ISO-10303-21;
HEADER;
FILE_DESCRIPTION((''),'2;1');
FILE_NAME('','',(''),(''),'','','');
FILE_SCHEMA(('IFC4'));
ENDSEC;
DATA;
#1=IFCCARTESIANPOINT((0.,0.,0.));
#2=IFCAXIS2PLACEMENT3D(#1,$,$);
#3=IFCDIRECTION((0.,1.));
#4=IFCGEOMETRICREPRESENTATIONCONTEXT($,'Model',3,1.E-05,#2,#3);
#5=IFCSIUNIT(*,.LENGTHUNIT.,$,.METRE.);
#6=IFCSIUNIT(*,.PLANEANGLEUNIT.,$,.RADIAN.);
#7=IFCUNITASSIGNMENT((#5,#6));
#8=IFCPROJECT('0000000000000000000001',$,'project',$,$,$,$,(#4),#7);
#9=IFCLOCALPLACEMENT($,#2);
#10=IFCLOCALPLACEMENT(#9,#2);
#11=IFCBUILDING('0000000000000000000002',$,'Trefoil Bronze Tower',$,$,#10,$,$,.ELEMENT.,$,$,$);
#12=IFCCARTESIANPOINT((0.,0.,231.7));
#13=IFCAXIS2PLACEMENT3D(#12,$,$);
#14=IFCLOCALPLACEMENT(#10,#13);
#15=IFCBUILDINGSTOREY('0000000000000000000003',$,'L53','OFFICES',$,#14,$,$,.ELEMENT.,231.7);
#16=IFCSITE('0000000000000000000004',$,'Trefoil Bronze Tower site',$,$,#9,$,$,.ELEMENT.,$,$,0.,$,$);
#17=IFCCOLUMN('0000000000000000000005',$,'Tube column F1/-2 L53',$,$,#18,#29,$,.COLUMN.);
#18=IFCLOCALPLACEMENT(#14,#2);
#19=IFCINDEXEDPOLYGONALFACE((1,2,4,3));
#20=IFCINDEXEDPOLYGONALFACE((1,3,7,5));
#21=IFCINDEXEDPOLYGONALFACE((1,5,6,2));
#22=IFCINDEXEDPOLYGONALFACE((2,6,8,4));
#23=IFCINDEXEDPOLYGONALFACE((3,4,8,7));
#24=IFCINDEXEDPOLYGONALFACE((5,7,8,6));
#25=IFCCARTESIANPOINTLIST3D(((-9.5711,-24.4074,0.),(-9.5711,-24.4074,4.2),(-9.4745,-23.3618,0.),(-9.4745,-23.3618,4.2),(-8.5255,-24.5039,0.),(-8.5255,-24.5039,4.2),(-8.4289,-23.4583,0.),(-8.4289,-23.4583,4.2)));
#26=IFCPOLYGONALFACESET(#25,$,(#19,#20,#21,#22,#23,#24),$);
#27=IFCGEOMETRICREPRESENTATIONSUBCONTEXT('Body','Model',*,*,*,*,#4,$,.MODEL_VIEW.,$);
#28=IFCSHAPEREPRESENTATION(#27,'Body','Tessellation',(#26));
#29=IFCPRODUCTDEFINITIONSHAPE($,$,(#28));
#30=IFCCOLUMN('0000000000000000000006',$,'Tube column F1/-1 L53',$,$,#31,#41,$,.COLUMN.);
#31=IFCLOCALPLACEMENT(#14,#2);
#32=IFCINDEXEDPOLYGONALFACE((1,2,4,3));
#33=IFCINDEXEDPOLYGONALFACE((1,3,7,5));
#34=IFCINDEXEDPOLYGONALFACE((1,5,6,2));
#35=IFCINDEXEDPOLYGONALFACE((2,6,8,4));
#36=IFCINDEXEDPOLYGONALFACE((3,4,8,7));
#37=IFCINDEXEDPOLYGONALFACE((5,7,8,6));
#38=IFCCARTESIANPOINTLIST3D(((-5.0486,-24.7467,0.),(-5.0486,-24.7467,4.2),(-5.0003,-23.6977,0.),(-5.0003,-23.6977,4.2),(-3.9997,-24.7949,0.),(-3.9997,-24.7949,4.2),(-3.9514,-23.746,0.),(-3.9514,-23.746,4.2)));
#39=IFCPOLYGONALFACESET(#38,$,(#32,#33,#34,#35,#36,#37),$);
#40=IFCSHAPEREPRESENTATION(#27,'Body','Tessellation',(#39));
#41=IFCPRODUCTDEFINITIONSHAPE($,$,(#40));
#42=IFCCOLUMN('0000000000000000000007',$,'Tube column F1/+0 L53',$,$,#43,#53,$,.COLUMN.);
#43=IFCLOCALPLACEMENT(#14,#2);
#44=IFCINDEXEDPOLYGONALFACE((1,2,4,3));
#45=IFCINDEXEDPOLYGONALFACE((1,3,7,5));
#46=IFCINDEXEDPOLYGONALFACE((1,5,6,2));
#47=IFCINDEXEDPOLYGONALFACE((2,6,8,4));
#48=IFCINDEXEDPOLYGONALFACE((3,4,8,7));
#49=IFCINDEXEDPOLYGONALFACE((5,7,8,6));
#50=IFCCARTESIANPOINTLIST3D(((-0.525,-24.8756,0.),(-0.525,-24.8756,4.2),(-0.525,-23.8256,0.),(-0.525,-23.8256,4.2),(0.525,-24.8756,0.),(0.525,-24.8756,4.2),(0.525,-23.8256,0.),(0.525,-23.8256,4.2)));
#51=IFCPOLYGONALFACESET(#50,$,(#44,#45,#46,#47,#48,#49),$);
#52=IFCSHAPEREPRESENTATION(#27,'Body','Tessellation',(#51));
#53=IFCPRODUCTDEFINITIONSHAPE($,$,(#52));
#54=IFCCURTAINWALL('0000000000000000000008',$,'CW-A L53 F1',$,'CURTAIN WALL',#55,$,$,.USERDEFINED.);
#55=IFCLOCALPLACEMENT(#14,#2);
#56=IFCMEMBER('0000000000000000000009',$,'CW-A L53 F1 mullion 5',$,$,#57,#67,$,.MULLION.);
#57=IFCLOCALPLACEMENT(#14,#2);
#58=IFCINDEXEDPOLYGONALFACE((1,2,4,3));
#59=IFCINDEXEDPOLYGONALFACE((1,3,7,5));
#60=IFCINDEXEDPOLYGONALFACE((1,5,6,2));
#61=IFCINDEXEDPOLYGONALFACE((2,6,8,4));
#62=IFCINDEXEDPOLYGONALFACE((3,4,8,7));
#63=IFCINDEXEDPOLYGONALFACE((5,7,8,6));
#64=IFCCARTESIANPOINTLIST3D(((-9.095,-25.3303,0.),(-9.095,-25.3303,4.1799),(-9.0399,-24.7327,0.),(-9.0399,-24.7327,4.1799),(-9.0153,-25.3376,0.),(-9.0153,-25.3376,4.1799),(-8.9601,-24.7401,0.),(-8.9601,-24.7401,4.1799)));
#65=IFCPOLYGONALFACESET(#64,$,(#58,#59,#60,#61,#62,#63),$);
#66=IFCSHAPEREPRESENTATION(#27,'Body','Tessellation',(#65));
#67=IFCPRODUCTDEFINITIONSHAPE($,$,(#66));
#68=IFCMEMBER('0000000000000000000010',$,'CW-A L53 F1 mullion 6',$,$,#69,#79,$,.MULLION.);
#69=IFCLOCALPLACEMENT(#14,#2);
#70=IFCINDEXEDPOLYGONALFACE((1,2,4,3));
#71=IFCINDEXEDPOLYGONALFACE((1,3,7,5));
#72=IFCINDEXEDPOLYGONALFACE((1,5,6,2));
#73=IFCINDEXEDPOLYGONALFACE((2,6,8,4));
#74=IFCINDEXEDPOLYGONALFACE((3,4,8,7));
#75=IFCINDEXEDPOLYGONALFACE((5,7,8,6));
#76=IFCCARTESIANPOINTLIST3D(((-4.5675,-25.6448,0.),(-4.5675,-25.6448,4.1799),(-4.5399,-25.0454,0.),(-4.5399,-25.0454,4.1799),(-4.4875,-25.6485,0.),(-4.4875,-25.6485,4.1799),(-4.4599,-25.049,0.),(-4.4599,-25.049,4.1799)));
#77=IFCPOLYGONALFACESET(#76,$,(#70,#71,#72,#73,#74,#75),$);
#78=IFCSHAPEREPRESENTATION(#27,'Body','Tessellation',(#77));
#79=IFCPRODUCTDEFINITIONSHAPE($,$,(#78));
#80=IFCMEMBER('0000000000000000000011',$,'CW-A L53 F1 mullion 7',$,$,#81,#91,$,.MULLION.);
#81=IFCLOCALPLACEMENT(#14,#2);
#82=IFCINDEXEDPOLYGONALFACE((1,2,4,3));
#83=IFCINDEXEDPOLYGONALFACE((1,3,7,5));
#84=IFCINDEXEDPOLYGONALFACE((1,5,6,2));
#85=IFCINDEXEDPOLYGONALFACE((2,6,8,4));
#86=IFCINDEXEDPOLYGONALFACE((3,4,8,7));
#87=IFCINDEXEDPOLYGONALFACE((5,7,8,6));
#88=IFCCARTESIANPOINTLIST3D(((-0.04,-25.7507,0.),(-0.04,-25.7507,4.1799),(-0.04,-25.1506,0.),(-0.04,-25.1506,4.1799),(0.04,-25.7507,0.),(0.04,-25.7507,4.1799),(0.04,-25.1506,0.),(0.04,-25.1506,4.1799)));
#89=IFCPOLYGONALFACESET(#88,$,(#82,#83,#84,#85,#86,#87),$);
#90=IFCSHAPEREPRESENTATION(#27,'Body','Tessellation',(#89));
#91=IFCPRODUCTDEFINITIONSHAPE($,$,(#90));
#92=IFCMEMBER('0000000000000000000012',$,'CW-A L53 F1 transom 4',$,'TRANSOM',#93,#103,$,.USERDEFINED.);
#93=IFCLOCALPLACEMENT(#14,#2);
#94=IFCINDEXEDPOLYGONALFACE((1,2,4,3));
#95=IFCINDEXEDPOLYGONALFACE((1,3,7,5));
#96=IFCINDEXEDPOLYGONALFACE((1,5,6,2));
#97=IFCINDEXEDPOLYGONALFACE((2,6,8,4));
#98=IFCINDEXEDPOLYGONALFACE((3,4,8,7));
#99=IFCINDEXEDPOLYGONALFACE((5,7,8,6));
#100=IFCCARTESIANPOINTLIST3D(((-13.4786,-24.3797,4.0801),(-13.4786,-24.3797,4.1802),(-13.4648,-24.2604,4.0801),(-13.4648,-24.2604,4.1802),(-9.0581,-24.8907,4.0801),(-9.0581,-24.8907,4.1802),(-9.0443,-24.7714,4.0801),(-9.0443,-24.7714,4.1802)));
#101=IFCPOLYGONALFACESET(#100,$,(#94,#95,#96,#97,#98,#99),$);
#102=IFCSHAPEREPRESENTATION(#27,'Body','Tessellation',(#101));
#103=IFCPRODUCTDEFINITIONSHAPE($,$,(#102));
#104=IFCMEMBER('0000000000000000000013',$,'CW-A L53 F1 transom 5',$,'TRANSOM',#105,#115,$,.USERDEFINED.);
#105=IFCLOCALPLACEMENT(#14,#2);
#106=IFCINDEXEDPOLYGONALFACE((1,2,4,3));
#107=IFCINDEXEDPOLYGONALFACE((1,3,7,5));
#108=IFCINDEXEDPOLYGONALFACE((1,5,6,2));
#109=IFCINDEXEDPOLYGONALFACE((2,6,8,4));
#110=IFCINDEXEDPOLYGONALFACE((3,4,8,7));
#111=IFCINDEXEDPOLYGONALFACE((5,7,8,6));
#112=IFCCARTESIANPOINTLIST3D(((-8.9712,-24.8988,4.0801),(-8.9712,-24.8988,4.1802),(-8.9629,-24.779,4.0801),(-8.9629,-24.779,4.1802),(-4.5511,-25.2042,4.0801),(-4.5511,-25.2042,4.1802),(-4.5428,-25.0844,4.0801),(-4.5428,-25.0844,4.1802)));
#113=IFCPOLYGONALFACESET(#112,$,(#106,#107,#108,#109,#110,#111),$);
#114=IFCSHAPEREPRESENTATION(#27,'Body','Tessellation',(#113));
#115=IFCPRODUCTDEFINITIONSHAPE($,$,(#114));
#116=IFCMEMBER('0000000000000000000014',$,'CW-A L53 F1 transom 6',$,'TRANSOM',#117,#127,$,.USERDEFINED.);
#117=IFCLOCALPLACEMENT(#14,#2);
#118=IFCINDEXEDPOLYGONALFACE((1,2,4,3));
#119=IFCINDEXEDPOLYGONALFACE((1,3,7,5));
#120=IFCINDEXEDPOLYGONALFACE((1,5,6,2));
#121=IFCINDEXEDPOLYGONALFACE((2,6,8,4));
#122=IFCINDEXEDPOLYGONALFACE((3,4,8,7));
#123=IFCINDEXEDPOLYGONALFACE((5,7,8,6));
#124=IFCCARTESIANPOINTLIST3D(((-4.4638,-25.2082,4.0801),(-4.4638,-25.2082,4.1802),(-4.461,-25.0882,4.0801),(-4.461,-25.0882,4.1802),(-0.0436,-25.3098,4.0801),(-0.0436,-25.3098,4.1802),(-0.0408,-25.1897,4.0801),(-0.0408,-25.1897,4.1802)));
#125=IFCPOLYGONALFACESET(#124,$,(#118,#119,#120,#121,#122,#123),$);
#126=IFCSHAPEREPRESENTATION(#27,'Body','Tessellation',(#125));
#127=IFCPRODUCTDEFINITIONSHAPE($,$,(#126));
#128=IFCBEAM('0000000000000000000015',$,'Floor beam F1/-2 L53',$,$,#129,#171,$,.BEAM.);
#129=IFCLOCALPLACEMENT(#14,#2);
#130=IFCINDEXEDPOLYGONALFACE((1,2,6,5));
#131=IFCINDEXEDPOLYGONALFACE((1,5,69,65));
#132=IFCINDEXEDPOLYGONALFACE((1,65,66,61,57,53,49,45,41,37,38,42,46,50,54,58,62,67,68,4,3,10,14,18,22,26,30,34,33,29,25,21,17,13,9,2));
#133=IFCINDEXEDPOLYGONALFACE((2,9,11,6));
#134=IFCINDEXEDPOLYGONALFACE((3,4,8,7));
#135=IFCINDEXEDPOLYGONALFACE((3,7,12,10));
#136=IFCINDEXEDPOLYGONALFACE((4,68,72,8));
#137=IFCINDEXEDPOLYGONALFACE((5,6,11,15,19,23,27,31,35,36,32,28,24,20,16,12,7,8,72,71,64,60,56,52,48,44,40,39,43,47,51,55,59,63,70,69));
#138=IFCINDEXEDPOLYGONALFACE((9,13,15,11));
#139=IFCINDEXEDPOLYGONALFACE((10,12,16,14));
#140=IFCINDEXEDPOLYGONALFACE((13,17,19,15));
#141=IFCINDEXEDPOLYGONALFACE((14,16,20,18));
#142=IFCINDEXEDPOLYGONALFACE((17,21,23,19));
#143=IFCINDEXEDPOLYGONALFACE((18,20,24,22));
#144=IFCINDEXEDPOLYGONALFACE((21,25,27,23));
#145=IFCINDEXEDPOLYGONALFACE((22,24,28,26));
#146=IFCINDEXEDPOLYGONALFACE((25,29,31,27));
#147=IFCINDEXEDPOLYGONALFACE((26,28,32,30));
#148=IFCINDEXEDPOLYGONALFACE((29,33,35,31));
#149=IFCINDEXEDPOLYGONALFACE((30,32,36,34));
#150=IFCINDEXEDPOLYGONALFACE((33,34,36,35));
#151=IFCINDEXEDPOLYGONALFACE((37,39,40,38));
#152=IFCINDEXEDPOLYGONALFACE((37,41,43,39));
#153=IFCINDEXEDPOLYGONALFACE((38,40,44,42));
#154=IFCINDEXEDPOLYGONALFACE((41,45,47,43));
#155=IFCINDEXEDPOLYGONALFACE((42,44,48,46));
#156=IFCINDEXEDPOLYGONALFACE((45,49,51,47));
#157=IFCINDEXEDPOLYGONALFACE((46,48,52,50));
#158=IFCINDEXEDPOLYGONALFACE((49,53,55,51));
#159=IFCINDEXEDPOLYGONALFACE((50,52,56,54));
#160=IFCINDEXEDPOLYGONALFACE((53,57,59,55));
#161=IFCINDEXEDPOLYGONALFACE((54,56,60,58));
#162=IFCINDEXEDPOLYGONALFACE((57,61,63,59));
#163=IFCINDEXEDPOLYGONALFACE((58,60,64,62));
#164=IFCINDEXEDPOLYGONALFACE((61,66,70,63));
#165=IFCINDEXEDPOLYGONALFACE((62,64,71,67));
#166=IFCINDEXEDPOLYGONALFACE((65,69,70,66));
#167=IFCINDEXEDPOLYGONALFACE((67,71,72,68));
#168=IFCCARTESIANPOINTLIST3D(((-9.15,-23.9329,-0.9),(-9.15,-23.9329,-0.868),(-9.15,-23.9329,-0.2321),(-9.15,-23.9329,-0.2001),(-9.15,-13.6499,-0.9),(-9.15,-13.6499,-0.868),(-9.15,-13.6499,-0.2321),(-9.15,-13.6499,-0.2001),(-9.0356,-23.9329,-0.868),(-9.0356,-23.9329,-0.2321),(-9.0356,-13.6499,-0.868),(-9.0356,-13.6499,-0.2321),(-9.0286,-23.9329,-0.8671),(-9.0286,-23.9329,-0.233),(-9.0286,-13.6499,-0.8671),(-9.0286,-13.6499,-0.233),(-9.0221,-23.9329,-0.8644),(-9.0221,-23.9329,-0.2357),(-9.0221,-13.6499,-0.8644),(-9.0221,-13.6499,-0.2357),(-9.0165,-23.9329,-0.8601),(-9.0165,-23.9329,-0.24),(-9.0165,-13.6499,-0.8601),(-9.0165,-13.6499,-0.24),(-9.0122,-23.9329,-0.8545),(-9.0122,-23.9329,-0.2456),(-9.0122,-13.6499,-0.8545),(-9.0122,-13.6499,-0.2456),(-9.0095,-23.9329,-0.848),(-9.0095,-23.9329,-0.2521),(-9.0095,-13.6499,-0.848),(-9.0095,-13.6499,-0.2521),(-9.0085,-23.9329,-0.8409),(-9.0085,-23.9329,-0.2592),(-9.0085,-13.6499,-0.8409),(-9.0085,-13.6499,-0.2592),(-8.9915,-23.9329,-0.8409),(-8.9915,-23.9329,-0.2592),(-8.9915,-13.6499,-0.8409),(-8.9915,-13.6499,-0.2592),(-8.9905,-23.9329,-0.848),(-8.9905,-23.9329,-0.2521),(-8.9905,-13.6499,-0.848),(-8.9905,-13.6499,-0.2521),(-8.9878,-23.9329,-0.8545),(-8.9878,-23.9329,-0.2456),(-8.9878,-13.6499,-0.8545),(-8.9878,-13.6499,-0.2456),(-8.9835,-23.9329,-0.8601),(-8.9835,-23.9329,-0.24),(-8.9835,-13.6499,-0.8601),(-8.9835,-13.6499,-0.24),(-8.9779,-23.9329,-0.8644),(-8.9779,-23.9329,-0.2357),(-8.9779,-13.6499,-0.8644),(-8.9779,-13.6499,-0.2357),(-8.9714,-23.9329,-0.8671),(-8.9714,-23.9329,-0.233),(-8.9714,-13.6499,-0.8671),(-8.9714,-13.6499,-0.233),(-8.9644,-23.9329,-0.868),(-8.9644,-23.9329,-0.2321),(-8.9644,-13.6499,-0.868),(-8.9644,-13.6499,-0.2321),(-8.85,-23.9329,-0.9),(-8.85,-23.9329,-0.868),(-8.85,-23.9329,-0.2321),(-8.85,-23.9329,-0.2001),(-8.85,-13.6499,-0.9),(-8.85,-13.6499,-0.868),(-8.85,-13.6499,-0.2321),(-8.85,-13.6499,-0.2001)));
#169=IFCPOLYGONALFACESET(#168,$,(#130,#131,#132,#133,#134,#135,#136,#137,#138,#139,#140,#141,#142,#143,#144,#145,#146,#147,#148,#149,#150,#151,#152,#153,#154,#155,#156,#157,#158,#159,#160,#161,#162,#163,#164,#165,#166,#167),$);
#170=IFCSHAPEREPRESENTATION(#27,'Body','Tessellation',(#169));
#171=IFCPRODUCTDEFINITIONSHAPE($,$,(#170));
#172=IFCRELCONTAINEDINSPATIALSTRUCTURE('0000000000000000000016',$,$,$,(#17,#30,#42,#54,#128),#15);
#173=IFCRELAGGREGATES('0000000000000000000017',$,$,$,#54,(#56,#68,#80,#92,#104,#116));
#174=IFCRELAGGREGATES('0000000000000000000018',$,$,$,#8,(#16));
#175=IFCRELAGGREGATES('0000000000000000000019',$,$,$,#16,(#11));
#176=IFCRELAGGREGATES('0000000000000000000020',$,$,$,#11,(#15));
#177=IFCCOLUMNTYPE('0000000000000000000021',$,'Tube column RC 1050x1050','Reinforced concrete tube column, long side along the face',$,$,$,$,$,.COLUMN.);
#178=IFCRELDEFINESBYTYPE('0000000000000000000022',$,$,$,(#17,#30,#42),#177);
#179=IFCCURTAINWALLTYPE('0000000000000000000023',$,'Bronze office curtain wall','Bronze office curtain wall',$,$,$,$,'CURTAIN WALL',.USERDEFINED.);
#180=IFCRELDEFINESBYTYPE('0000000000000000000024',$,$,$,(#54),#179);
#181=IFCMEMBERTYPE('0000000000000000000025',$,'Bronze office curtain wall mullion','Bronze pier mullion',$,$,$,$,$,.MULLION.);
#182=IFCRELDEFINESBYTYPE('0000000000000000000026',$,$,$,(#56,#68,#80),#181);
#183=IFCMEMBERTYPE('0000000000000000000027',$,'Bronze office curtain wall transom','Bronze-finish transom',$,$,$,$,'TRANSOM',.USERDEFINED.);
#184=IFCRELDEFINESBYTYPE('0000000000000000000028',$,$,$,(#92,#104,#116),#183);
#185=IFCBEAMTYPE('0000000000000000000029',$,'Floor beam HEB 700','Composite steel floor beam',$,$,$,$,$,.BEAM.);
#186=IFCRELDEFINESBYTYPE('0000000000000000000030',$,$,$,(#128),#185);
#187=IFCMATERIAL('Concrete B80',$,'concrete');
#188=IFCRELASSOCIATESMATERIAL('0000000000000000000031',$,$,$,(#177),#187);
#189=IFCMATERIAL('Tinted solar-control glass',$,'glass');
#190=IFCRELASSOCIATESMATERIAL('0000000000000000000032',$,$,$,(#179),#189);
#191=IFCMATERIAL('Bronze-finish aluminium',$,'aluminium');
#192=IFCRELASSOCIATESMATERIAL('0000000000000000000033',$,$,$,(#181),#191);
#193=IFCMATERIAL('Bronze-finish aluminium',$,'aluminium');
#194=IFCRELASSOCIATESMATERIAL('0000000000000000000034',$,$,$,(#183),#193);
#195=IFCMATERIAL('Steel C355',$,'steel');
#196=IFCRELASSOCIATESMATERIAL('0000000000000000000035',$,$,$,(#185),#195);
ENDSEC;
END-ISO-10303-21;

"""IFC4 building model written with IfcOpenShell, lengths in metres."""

from ifc_helpers import new_model, si_unit, direction, frame, origin, origin_2d, place, context, subcontext, project, spatial, rectangle, i_section, extrude, material, material_profile, profile_set, type_object, element, aggregate, save


model = new_model("IFC4")

# Units and contexts
model_context = context("Model", 3, precision=1e-05, world=origin(), true_north=direction((0.0, 1.0)))
body_context = subcontext(model_context, "Body", "Model", "MODEL_VIEW")
ifc_project = project(units=[si_unit("LENGTHUNIT", "METRE"), si_unit("PLANEANGLEUNIT", "RADIAN")], contexts=[model_context])

# Site, building, storey
site_placement = place(None, origin())
site = spatial("IfcSite", under=ifc_project, at=site_placement, Name="Trefoil Bronze Tower site", CompositionType="ELEMENT", RefElevation=0.0)
building_placement = place(site_placement, origin())
building = spatial("IfcBuilding", under=site, at=building_placement, Name="Trefoil Bronze Tower", CompositionType="ELEMENT")
storey_placement = place(building_placement, frame((0.0, 0.0, 231.7)))
storey = spatial("IfcBuildingStorey", under=building, at=storey_placement, Name="L53", Description="OFFICES", CompositionType="ELEMENT", Elevation=231.7)

# Columns
ifc_material_1 = material(Name="Concrete B80", Category="concrete")
ifc_material_profile_1 = material_profile(ifc_material_1, rectangle(XDim=1.05, YDim=1.05, at=origin_2d()), Name="RC 1050x1050")
ifc_profile_set_1 = profile_set([ifc_material_profile_1], Name="Concrete B80")
column_type = type_object("IfcColumnType", Name="Tube column RC 1050x1050", Description="Reinforced concrete tube column, long side along the face", PredefinedType="COLUMN", material=ifc_profile_set_1)
for number, where, z_axis, x_axis, name in (
    (1, (-9.0, -23.9329, 0.0), (0.0, 0.0, 1.0), (0.995767, -0.091911, 0.0), "Tube column F1/-2 L53"),
    (2, (-4.5, -24.2463, 0.0), (0.0, 0.0, 1.0), (0.998943, -0.045956, 0.0), "Tube column F1/-1 L53"),
    (3, (0.0, -24.3506, 0.0), (0.0, 0.0, 1.0), (1.0, 0.0, 0.0), "Tube column F1/+0 L53"),
):
    element("IfcColumn", number, at=place(storey_placement, frame(where, z_axis=z_axis, x_axis=x_axis)), inside=storey, type_object=column_type, Name=name, PredefinedType="COLUMN", context=body_context, shape_type="SweptSolid", body=[
        extrude(rectangle(XDim=1.05, YDim=1.05, at=origin_2d()), origin(), (0.0, 0.0, 1.0), 4.2),
    ])

# Curtain wall, members
ifc_material_2 = material(Name="Tinted solar-control glass", Category="glass")
curtain_wall_type = type_object("IfcCurtainWallType", Name="Bronze office curtain wall", Description="Bronze office curtain wall", ElementType="CURTAIN WALL", PredefinedType="USERDEFINED", material=ifc_material_2)
curtain_wall_placement = place(storey_placement, origin())
curtain_wall = element("IfcCurtainWall", 4, at=curtain_wall_placement, inside=storey, type_object=curtain_wall_type, Name="CW-A L53 F1", ObjectType="CURTAIN WALL", PredefinedType="USERDEFINED")
ifc_material_3 = material(Name="Bronze-finish aluminium", Category="aluminium")
ifc_material_profile_2 = material_profile(ifc_material_3, rectangle(XDim=0.6001, YDim=0.0801, at=origin_2d()), Name="CW-A mullion")
ifc_profile_set_2 = profile_set([ifc_material_profile_2], Name="Bronze-finish aluminium")
member_type_1 = type_object("IfcMemberType", Name="Bronze office curtain wall mullion", Description="Bronze pier mullion", PredefinedType="MULLION", material=ifc_profile_set_2)
member_1_placement = place(storey_placement, frame((-9.0276, -25.0352, 0.0), z_axis=(0.0, 0.0, 1.0), x_axis=(0.091911, 0.995767, 0.0)))
member_1 = element("IfcMember", 5, at=member_1_placement, type_object=member_type_1, Name="CW-A L53 F1 mullion 5", PredefinedType="MULLION", context=body_context, shape_type="SweptSolid", body=[
    extrude(rectangle(XDim=0.6001, YDim=0.0801, at=origin_2d()), origin(), (0.0, 0.0, 1.0), 4.1799),
])
member_2_placement = place(storey_placement, frame((-4.5137, -25.3469, 0.0), z_axis=(0.0, 0.0, 1.0), x_axis=(0.045956, 0.998943, 0.0)))
member_2 = element("IfcMember", 6, at=member_2_placement, type_object=member_type_1, Name="CW-A L53 F1 mullion 6", PredefinedType="MULLION", context=body_context, shape_type="SweptSolid", body=[
    extrude(rectangle(XDim=0.6001, YDim=0.0801, at=origin_2d()), origin(), (0.0, 0.0, 1.0), 4.1799),
])
member_3_placement = place(storey_placement, frame((0.0, -25.4507, 0.0), z_axis=(0.0, 0.0, 1.0), x_axis=(0.0, 1.0, 0.0)))
member_3 = element("IfcMember", 7, at=member_3_placement, type_object=member_type_1, Name="CW-A L53 F1 mullion 7", PredefinedType="MULLION", context=body_context, shape_type="SweptSolid", body=[
    extrude(rectangle(XDim=0.6001, YDim=0.0801, at=origin_2d()), origin(), (0.0, 0.0, 1.0), 4.1799),
])
ifc_material_4 = material(Name="Bronze-finish aluminium", Category="aluminium")
ifc_material_profile_3 = material_profile(ifc_material_4, rectangle(XDim=0.1201, YDim=0.1001, at=origin_2d()), Name="CW-A transom")
ifc_profile_set_3 = profile_set([ifc_material_profile_3], Name="Bronze-finish aluminium")
member_type_2 = type_object("IfcMemberType", Name="Bronze office curtain wall transom", Description="Bronze-finish transom", ElementType="TRANSOM", PredefinedType="USERDEFINED", material=ifc_profile_set_3)
member_4_placement = place(storey_placement, frame((-13.4717, -24.3201, 4.1301), z_axis=(0.993385, -0.114832, 0.0), x_axis=(0.114832, 0.993385, 0.0)))
member_4 = element("IfcMember", 8, at=member_4_placement, type_object=member_type_2, Name="CW-A L53 F1 transom 4", ObjectType="TRANSOM", PredefinedType="USERDEFINED", context=body_context, shape_type="SweptSolid", body=[
    extrude(rectangle(XDim=0.1201, YDim=0.1001, at=origin_2d()), origin(), (0.0, 0.0, 1.0), 4.45),
])
member_5_placement = place(storey_placement, frame((-8.967, -24.8389, 4.1301), z_axis=(0.997621, -0.068933, 0.0), x_axis=(0.068933, 0.997621, 0.0)))
member_5 = element("IfcMember", 9, at=member_5_placement, type_object=member_type_2, Name="CW-A L53 F1 transom 5", ObjectType="TRANSOM", PredefinedType="USERDEFINED", context=body_context, shape_type="SweptSolid", body=[
    extrude(rectangle(XDim=0.1201, YDim=0.1001, at=origin_2d()), origin(), (0.0, 0.0, 1.0), 4.4307),
])
member_6_placement = place(storey_placement, frame((-4.4624, -25.1482, 4.1301), z_axis=(0.999736, -0.022971, 0.0), x_axis=(0.022971, 0.999736, 0.0)))
member_6 = element("IfcMember", 10, at=member_6_placement, type_object=member_type_2, Name="CW-A L53 F1 transom 6", ObjectType="TRANSOM", PredefinedType="USERDEFINED", context=body_context, shape_type="SweptSolid", body=[
    extrude(rectangle(XDim=0.1201, YDim=0.1001, at=origin_2d()), origin(), (0.0, 0.0, 1.0), 4.4214),
])

# Beam
ifc_material_5 = material(Name="Steel C355", Category="steel")
ifc_material_profile_4 = material_profile(ifc_material_5, i_section(OverallWidth=0.3, OverallDepth=0.7, WebThickness=0.0171, FlangeThickness=0.032, FilletRadius=0.0271, at=origin_2d()), Name="HEB 700")
ifc_profile_set_4 = profile_set([ifc_material_profile_4], Name="Steel C355")
beam_type_1 = type_object("IfcBeamType", Name="Floor beam HEB 700", Description="Composite steel floor beam", PredefinedType="BEAM", material=ifc_profile_set_4)
beam_1_placement = place(storey_placement, frame((-9.0, -23.9329, -0.55), z_axis=(0.0, 1.0, 0.0), x_axis=(-1.0, 0.0, 0.0)))
element("IfcBeam", 11, at=beam_1_placement, inside=storey, type_object=beam_type_1, Name="Floor beam F1/-2 L53", PredefinedType="BEAM", context=body_context, shape_type="SweptSolid", body=[
    extrude(i_section(OverallWidth=0.3, OverallDepth=0.7, WebThickness=0.0171, FlangeThickness=0.032, FilletRadius=0.0271, at=origin_2d()), origin(), (0.0, 0.0, 1.0), 10.283),
])

aggregate(curtain_wall, [member_1, member_2, member_3, member_4, member_5, member_6])

save(model, "model.ifc")
